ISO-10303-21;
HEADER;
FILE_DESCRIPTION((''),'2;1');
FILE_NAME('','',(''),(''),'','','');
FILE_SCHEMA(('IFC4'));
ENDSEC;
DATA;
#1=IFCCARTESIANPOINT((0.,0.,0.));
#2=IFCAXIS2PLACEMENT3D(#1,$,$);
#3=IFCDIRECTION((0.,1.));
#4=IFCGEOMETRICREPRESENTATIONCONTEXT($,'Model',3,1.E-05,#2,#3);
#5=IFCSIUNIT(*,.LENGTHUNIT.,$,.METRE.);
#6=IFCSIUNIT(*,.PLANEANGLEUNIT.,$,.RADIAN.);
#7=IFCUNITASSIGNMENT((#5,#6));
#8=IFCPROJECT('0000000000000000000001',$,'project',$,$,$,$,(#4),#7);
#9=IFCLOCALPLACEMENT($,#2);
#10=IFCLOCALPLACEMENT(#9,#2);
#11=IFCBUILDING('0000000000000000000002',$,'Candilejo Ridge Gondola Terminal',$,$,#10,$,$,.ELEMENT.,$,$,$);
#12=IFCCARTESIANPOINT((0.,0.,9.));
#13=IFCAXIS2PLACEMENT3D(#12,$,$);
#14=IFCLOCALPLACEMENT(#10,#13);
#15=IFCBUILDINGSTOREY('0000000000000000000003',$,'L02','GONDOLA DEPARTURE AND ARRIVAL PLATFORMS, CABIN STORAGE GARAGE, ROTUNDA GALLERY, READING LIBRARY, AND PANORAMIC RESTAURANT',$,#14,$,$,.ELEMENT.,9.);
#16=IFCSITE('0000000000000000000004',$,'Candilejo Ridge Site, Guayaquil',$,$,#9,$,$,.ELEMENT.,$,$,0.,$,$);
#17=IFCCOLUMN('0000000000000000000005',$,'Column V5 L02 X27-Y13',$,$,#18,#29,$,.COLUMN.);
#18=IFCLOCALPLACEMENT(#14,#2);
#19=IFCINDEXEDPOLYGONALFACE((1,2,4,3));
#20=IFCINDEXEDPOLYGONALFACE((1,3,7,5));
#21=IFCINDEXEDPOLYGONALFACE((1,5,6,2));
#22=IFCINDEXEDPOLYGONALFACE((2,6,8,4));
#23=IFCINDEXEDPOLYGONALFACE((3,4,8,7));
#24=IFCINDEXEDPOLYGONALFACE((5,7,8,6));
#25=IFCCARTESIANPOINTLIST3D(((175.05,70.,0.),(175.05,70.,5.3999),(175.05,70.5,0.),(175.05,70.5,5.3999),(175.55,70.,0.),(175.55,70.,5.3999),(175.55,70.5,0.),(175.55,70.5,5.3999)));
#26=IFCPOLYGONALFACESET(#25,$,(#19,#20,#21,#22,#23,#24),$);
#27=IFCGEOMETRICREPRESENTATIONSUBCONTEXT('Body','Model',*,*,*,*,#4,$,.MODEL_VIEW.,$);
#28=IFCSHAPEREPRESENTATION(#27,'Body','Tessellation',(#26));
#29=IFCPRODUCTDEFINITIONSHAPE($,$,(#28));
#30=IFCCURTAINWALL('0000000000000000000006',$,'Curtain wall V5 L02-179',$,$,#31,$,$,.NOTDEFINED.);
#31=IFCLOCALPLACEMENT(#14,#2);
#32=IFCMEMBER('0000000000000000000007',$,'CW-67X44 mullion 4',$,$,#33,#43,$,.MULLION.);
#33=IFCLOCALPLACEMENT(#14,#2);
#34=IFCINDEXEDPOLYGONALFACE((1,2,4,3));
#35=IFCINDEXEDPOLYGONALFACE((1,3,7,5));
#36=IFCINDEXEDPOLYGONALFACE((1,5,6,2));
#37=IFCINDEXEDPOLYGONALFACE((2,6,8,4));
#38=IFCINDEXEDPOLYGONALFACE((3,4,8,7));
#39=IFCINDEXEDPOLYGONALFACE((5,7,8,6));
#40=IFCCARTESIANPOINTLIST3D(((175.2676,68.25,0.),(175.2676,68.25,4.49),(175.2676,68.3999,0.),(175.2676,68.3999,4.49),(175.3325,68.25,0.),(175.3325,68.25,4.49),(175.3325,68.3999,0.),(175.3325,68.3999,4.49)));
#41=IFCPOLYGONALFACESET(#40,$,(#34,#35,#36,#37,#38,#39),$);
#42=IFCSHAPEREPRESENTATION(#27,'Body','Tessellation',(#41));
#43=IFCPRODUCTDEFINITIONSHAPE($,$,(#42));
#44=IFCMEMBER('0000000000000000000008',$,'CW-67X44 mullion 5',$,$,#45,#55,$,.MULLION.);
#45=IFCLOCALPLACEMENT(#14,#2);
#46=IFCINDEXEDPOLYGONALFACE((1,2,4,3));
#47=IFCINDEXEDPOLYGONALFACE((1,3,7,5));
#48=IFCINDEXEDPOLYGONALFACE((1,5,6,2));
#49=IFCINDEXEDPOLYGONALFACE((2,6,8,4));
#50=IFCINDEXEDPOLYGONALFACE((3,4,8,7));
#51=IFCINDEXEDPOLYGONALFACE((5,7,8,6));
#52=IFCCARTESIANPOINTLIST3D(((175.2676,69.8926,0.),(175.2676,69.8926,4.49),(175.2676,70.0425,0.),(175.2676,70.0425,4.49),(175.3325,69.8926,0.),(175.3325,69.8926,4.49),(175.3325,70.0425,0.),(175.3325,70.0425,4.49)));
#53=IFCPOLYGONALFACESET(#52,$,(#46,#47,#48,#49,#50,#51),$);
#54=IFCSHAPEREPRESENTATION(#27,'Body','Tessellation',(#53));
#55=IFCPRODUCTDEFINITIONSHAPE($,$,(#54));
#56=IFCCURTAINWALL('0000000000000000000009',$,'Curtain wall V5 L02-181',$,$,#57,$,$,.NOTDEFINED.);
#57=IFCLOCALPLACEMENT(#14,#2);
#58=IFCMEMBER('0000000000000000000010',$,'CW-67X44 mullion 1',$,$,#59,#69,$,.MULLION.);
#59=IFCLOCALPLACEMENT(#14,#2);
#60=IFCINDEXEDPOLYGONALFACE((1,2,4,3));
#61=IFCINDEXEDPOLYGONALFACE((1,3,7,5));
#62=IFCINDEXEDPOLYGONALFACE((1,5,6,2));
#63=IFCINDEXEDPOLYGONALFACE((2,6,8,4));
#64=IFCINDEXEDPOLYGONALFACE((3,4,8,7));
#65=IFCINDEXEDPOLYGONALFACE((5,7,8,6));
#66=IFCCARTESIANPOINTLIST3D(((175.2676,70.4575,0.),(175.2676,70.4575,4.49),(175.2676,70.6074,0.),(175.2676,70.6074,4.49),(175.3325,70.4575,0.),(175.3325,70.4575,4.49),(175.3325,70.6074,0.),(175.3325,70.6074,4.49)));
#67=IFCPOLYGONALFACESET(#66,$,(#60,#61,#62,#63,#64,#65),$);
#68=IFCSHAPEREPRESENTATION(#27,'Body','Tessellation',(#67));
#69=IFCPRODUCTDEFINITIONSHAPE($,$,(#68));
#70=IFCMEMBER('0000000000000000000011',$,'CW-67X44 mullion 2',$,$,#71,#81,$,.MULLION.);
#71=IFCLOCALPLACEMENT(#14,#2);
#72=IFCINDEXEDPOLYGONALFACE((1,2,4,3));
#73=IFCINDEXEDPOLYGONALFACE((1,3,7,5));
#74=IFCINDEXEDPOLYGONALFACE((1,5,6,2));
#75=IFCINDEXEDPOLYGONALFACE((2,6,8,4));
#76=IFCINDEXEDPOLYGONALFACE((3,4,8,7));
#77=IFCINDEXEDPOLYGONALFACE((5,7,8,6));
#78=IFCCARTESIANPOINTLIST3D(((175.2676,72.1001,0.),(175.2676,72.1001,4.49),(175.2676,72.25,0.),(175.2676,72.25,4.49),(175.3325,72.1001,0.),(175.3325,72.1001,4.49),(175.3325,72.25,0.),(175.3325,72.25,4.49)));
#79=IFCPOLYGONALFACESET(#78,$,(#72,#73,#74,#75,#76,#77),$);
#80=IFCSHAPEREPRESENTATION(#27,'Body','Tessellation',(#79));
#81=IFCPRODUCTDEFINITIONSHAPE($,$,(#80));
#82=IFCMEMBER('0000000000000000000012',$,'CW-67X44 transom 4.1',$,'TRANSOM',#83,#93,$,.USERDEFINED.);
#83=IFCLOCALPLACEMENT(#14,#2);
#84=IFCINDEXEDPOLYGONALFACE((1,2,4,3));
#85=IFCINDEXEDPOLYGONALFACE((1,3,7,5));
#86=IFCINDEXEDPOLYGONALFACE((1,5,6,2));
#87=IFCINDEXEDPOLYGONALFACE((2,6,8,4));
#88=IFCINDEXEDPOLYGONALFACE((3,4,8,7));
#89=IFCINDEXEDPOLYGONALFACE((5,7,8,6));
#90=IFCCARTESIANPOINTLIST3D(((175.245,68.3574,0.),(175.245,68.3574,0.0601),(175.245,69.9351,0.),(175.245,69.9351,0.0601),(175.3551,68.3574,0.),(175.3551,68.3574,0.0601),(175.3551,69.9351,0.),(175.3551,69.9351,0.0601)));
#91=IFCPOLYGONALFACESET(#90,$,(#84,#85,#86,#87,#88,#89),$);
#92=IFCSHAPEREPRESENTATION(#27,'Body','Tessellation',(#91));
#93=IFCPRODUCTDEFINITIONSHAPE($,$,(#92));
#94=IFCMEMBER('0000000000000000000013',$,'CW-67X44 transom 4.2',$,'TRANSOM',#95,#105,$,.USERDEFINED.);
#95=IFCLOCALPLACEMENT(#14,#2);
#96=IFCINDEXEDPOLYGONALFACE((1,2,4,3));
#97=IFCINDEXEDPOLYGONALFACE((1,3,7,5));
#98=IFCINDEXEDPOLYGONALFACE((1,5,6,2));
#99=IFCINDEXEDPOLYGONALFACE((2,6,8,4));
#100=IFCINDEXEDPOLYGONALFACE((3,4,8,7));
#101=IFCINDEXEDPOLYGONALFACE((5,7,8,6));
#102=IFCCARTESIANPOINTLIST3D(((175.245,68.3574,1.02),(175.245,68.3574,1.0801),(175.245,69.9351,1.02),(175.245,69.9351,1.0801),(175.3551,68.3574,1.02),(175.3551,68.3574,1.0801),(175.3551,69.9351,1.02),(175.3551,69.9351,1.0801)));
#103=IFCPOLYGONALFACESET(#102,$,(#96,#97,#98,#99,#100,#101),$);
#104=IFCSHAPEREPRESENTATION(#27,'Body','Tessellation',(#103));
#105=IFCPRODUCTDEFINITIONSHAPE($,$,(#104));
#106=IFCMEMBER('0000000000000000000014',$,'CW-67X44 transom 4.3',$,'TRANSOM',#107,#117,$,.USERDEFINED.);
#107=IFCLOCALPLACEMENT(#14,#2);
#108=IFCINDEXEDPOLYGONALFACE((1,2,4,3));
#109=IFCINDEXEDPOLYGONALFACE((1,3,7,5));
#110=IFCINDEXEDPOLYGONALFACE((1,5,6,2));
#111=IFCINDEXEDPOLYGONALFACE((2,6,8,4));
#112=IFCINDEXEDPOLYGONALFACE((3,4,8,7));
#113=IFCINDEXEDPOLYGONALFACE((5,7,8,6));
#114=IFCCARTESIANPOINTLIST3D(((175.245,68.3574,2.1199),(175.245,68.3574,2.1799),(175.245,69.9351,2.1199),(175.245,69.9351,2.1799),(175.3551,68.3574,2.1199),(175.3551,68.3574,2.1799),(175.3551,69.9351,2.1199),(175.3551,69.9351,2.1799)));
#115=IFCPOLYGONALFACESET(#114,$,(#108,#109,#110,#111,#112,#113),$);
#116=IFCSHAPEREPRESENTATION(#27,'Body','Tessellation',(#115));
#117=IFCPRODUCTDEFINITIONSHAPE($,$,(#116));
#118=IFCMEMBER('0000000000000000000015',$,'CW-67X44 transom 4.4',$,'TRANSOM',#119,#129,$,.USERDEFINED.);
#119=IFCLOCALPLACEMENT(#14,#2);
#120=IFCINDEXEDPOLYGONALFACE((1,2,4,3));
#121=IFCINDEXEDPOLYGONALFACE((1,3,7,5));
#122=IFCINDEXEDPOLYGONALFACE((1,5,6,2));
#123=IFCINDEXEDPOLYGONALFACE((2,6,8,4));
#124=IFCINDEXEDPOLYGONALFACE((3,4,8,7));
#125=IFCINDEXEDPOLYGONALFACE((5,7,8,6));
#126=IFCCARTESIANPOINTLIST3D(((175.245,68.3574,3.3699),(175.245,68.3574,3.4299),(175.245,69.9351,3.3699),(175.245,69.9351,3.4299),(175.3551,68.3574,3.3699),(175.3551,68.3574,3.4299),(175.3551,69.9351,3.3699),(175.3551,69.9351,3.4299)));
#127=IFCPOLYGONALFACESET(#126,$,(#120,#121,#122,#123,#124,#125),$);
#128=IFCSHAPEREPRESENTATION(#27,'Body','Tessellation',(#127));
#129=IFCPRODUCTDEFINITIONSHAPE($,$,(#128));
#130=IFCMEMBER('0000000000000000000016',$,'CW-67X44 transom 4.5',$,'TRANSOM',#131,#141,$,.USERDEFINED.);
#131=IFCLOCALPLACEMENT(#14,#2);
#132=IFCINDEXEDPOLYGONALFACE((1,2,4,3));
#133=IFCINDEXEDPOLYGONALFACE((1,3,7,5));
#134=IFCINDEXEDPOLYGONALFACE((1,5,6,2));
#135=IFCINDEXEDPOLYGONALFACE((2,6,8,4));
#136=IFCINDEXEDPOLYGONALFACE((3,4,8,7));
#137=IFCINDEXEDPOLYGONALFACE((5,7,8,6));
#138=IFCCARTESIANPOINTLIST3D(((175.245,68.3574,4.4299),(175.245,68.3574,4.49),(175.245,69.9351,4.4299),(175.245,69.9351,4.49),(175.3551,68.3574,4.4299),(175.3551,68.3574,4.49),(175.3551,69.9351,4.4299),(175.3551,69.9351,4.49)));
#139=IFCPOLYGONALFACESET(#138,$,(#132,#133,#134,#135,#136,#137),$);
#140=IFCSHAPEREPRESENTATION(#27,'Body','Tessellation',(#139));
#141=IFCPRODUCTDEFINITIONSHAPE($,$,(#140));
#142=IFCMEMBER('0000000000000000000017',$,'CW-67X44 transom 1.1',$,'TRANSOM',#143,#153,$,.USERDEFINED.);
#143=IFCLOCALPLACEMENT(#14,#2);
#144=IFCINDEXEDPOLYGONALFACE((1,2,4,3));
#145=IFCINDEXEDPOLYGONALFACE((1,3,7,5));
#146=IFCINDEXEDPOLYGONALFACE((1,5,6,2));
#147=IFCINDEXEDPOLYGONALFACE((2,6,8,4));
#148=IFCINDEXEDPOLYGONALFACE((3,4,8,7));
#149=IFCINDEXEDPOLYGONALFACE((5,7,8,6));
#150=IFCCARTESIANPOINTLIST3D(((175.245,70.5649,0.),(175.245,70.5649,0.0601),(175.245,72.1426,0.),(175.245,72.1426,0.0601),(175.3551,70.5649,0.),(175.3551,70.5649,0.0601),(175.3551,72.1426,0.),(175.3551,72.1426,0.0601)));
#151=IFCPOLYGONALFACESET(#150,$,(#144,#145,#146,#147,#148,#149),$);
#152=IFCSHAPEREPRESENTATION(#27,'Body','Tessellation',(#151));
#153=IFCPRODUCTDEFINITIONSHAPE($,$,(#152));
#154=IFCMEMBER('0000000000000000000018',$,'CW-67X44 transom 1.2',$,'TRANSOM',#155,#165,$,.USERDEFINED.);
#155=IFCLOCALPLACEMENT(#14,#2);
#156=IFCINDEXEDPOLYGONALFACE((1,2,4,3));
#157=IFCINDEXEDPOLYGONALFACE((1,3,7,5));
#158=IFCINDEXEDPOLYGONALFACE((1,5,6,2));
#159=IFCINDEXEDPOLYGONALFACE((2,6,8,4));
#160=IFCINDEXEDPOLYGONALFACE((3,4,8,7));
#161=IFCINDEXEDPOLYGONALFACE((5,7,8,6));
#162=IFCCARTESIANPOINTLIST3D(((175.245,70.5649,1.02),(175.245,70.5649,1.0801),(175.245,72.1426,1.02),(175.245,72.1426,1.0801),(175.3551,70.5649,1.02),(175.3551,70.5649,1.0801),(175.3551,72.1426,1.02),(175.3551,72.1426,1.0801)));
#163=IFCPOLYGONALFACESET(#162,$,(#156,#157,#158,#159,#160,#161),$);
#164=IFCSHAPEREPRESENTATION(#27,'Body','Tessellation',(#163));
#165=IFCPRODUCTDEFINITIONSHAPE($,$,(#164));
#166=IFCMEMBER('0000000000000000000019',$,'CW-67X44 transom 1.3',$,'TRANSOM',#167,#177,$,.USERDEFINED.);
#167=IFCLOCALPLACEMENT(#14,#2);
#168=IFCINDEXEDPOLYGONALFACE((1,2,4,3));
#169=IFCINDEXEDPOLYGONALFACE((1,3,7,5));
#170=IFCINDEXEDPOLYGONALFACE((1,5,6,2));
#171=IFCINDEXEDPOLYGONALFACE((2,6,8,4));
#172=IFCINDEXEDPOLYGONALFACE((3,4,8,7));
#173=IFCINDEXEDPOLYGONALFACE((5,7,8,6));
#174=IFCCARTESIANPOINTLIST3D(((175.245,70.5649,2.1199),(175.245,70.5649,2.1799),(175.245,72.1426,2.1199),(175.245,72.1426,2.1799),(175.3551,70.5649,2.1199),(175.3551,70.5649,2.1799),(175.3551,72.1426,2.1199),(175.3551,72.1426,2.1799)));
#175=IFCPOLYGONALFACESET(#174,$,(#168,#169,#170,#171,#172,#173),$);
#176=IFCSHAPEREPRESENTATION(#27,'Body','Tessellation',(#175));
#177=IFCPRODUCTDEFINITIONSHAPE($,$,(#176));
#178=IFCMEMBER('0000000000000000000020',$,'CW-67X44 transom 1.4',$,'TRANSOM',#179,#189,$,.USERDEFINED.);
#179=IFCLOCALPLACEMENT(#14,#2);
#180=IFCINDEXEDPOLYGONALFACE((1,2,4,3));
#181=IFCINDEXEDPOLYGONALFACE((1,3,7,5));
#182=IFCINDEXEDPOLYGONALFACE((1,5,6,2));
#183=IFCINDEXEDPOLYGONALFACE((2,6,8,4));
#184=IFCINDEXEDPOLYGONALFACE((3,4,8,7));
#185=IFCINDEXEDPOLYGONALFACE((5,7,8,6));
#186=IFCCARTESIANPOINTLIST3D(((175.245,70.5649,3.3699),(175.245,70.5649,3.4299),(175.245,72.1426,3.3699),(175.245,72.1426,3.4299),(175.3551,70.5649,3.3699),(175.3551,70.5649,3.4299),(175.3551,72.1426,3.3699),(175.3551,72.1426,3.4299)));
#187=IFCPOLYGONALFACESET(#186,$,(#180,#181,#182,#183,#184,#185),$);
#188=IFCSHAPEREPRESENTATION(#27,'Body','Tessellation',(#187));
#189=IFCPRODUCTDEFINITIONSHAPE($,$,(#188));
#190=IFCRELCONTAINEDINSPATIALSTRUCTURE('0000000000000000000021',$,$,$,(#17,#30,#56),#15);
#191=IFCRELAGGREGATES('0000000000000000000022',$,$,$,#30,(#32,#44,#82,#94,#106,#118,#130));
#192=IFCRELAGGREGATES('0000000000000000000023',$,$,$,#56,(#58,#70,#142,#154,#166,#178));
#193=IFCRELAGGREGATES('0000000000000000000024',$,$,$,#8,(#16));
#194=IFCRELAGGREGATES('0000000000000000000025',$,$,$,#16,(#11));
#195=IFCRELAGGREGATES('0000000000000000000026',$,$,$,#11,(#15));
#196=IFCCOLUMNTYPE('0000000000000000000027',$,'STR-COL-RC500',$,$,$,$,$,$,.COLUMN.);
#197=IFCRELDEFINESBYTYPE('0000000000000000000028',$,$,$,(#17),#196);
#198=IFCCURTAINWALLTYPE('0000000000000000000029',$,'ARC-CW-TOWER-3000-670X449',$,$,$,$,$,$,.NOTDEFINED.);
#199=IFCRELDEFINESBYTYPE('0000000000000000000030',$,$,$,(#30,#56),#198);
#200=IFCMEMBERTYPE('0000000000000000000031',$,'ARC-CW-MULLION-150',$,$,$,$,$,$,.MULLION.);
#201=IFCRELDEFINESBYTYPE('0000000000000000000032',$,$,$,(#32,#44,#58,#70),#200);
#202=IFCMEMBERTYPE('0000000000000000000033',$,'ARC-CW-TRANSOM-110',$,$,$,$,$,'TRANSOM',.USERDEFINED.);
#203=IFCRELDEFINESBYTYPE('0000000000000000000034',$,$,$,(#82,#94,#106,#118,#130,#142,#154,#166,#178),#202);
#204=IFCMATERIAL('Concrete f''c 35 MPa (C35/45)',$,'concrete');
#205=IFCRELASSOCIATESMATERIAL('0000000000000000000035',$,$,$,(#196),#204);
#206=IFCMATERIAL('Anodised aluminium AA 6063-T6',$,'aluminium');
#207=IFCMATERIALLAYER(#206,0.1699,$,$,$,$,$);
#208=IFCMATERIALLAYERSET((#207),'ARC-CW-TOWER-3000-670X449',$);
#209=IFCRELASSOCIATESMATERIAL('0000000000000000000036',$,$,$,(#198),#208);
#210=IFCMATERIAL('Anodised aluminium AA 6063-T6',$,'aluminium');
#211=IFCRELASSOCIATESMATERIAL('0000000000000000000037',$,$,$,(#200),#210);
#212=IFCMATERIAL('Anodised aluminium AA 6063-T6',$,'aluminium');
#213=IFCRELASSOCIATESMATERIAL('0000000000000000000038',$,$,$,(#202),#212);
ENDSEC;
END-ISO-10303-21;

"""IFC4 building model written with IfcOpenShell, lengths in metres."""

from ifc_helpers import new_model, si_unit, direction, frame, origin, origin_2d, place, context, subcontext, project, spatial, rectangle, extrude, material, layer, layer_set, material_profile, profile_set, type_object, element, aggregate, save


model = new_model("IFC4")

# Units and contexts
model_context = context("Model", 3, precision=1e-05, world=origin(), true_north=direction((0.0, 1.0)))
body_context = subcontext(model_context, "Body", "Model", "MODEL_VIEW")
ifc_project = project(units=[si_unit("LENGTHUNIT", "METRE"), si_unit("PLANEANGLEUNIT", "RADIAN")], contexts=[model_context])

# Site, building, storey
site_placement = place(None, origin())
site = spatial("IfcSite", under=ifc_project, at=site_placement, Name="Candilejo Ridge Site, Guayaquil", CompositionType="ELEMENT", RefElevation=0.0)
building_placement = place(site_placement, origin())
building = spatial("IfcBuilding", under=site, at=building_placement, Name="Candilejo Ridge Gondola Terminal", CompositionType="ELEMENT")
storey_placement = place(building_placement, frame((0.0, 0.0, 9.0)))
storey = spatial("IfcBuildingStorey", under=building, at=storey_placement, Name="L02", Description="GONDOLA DEPARTURE AND ARRIVAL PLATFORMS, CABIN STORAGE GARAGE, ROTUNDA GALLERY, READING LIBRARY, AND PANORAMIC RESTAURANT", CompositionType="ELEMENT", Elevation=9.0)

# Column
ifc_material_1 = material(Name="Concrete f'c 35 MPa (C35/45)", Category="concrete")
ifc_material_profile_1 = material_profile(ifc_material_1, rectangle(XDim=0.5, YDim=0.5, at=origin_2d()))
ifc_profile_set_1 = profile_set([ifc_material_profile_1], Name="Concrete f'c 35 MPa (C35/45)")
column_type = type_object("IfcColumnType", Name="STR-COL-RC500", PredefinedType="COLUMN", material=ifc_profile_set_1)
column_placement = place(storey_placement, frame((175.3, 70.25, 0.0), z_axis=(0.0, 0.0, 1.0), x_axis=(1.0, 0.0, 0.0)))
element("IfcColumn", 1, at=column_placement, inside=storey, type_object=column_type, Name="Column V5 L02 X27-Y13", PredefinedType="COLUMN", context=body_context, shape_type="SweptSolid", body=[
    extrude(rectangle(XDim=0.5, YDim=0.5, at=origin_2d()), origin(), (0.0, 0.0, 1.0), 5.3999),
])

# Curtain walls, members
ifc_material_2 = material(Name="Anodised aluminium AA 6063-T6", Category="aluminium")
ifc_layer_1 = layer(ifc_material_2, 0.1699)
ifc_layer_set_1 = layer_set([ifc_layer_1], Name="ARC-CW-TOWER-3000-670X449")
curtain_wall_type = type_object("IfcCurtainWallType", Name="ARC-CW-TOWER-3000-670X449", PredefinedType="NOTDEFINED", material=ifc_layer_set_1)
curtain_wall_1_placement = place(storey_placement, origin())
curtain_wall_1 = element("IfcCurtainWall", 2, at=curtain_wall_1_placement, inside=storey, type_object=curtain_wall_type, Name="Curtain wall V5 L02-179", PredefinedType="NOTDEFINED")
ifc_material_3 = material(Name="Anodised aluminium AA 6063-T6", Category="aluminium")
ifc_material_profile_2 = material_profile(ifc_material_3, rectangle(XDim=0.0649, YDim=0.1499, at=origin_2d()))
ifc_profile_set_2 = profile_set([ifc_material_profile_2], Name="Anodised aluminium AA 6063-T6")
member_type_1 = type_object("IfcMemberType", Name="ARC-CW-MULLION-150", PredefinedType="MULLION", material=ifc_profile_set_2)
member_1_placement = place(storey_placement, frame((175.3, 68.325, 0.0), z_axis=(0.0, 0.0, 1.0), x_axis=(-1.0, 0.0, 0.0)))
member_1 = element("IfcMember", 3, at=member_1_placement, type_object=member_type_1, Name="CW-67X44 mullion 4", PredefinedType="MULLION", context=body_context, shape_type="SweptSolid", body=[
    extrude(rectangle(XDim=0.0649, YDim=0.1499, at=origin_2d()), origin(), (0.0, 0.0, 1.0), 4.49),
])
member_2_placement = place(storey_placement, frame((175.3, 69.9675, 0.0), z_axis=(0.0, 0.0, 1.0), x_axis=(-1.0, 0.0, 0.0)))
member_2 = element("IfcMember", 4, at=member_2_placement, type_object=member_type_1, Name="CW-67X44 mullion 5", PredefinedType="MULLION", context=body_context, shape_type="SweptSolid", body=[
    extrude(rectangle(XDim=0.0649, YDim=0.1499, at=origin_2d()), origin(), (0.0, 0.0, 1.0), 4.49),
])
curtain_wall_2_placement = place(storey_placement, origin())
curtain_wall_2 = element("IfcCurtainWall", 5, at=curtain_wall_2_placement, inside=storey, type_object=curtain_wall_type, Name="Curtain wall V5 L02-181", PredefinedType="NOTDEFINED")
member_3_placement = place(storey_placement, frame((175.3, 70.5325, 0.0), z_axis=(0.0, 0.0, 1.0), x_axis=(-1.0, 0.0, 0.0)))
member_3 = element("IfcMember", 6, at=member_3_placement, type_object=member_type_1, Name="CW-67X44 mullion 1", PredefinedType="MULLION", context=body_context, shape_type="SweptSolid", body=[
    extrude(rectangle(XDim=0.0649, YDim=0.1499, at=origin_2d()), origin(), (0.0, 0.0, 1.0), 4.49),
])
member_4_placement = place(storey_placement, frame((175.3, 72.175, 0.0), z_axis=(0.0, 0.0, 1.0), x_axis=(-1.0, 0.0, 0.0)))
member_4 = element("IfcMember", 7, at=member_4_placement, type_object=member_type_1, Name="CW-67X44 mullion 2", PredefinedType="MULLION", context=body_context, shape_type="SweptSolid", body=[
    extrude(rectangle(XDim=0.0649, YDim=0.1499, at=origin_2d()), origin(), (0.0, 0.0, 1.0), 4.49),
])

# Members
ifc_material_4 = material(Name="Anodised aluminium AA 6063-T6", Category="aluminium")
ifc_material_profile_3 = material_profile(ifc_material_4, rectangle(XDim=0.1101, YDim=0.0601, at=origin_2d()))
ifc_profile_set_3 = profile_set([ifc_material_profile_3], Name="Anodised aluminium AA 6063-T6")
member_type_2 = type_object("IfcMemberType", Name="ARC-CW-TRANSOM-110", ElementType="TRANSOM", PredefinedType="USERDEFINED", material=ifc_profile_set_3)
member_5_placement = place(storey_placement, frame((175.3, 68.3574, 0.03), z_axis=(0.0, 1.0, 0.0), x_axis=(-1.0, 0.0, 0.0)))
member_5 = element("IfcMember", 8, at=member_5_placement, type_object=member_type_2, Name="CW-67X44 transom 4.1", ObjectType="TRANSOM", PredefinedType="USERDEFINED", context=body_context, shape_type="SweptSolid", body=[
    extrude(rectangle(XDim=0.1101, YDim=0.0601, at=origin_2d()), origin(), (0.0, 0.0, 1.0), 1.5776),
])
member_6_placement = place(storey_placement, frame((175.3, 68.3574, 1.05), z_axis=(0.0, 1.0, 0.0), x_axis=(-1.0, 0.0, 0.0)))
member_6 = element("IfcMember", 9, at=member_6_placement, type_object=member_type_2, Name="CW-67X44 transom 4.2", ObjectType="TRANSOM", PredefinedType="USERDEFINED", context=body_context, shape_type="SweptSolid", body=[
    extrude(rectangle(XDim=0.1101, YDim=0.0601, at=origin_2d()), origin(), (0.0, 0.0, 1.0), 1.5776),
])
member_7_placement = place(storey_placement, frame((175.3, 68.3574, 2.1499), z_axis=(0.0, 1.0, 0.0), x_axis=(-1.0, 0.0, 0.0)))
member_7 = element("IfcMember", 10, at=member_7_placement, type_object=member_type_2, Name="CW-67X44 transom 4.3", ObjectType="TRANSOM", PredefinedType="USERDEFINED", context=body_context, shape_type="SweptSolid", body=[
    extrude(rectangle(XDim=0.1101, YDim=0.0601, at=origin_2d()), origin(), (0.0, 0.0, 1.0), 1.5776),
])
member_8_placement = place(storey_placement, frame((175.3, 68.3574, 3.3999), z_axis=(0.0, 1.0, 0.0), x_axis=(-1.0, 0.0, 0.0)))
member_8 = element("IfcMember", 11, at=member_8_placement, type_object=member_type_2, Name="CW-67X44 transom 4.4", ObjectType="TRANSOM", PredefinedType="USERDEFINED", context=body_context, shape_type="SweptSolid", body=[
    extrude(rectangle(XDim=0.1101, YDim=0.0601, at=origin_2d()), origin(), (0.0, 0.0, 1.0), 1.5776),
])
member_9_placement = place(storey_placement, frame((175.3, 68.3574, 4.46), z_axis=(0.0, 1.0, 0.0), x_axis=(-1.0, 0.0, 0.0)))
member_9 = element("IfcMember", 12, at=member_9_placement, type_object=member_type_2, Name="CW-67X44 transom 4.5", ObjectType="TRANSOM", PredefinedType="USERDEFINED", context=body_context, shape_type="SweptSolid", body=[
    extrude(rectangle(XDim=0.1101, YDim=0.0601, at=origin_2d()), origin(), (0.0, 0.0, 1.0), 1.5776),
])
member_10_placement = place(storey_placement, frame((175.3, 70.5649, 0.03), z_axis=(0.0, 1.0, 0.0), x_axis=(-1.0, 0.0, 0.0)))
member_10 = element("IfcMember", 13, at=member_10_placement, type_object=member_type_2, Name="CW-67X44 transom 1.1", ObjectType="TRANSOM", PredefinedType="USERDEFINED", context=body_context, shape_type="SweptSolid", body=[
    extrude(rectangle(XDim=0.1101, YDim=0.0601, at=origin_2d()), origin(), (0.0, 0.0, 1.0), 1.5776),
])
member_11_placement = place(storey_placement, frame((175.3, 70.5649, 1.05), z_axis=(0.0, 1.0, 0.0), x_axis=(-1.0, 0.0, 0.0)))
member_11 = element("IfcMember", 14, at=member_11_placement, type_object=member_type_2, Name="CW-67X44 transom 1.2", ObjectType="TRANSOM", PredefinedType="USERDEFINED", context=body_context, shape_type="SweptSolid", body=[
    extrude(rectangle(XDim=0.1101, YDim=0.0601, at=origin_2d()), origin(), (0.0, 0.0, 1.0), 1.5776),
])
member_12_placement = place(storey_placement, frame((175.3, 70.5649, 2.1499), z_axis=(0.0, 1.0, 0.0), x_axis=(-1.0, 0.0, 0.0)))
member_12 = element("IfcMember", 15, at=member_12_placement, type_object=member_type_2, Name="CW-67X44 transom 1.3", ObjectType="TRANSOM", PredefinedType="USERDEFINED", context=body_context, shape_type="SweptSolid", body=[
    extrude(rectangle(XDim=0.1101, YDim=0.0601, at=origin_2d()), origin(), (0.0, 0.0, 1.0), 1.5776),
])
member_13_placement = place(storey_placement, frame((175.3, 70.5649, 3.3999), z_axis=(0.0, 1.0, 0.0), x_axis=(-1.0, 0.0, 0.0)))
member_13 = element("IfcMember", 16, at=member_13_placement, type_object=member_type_2, Name="CW-67X44 transom 1.4", ObjectType="TRANSOM", PredefinedType="USERDEFINED", context=body_context, shape_type="SweptSolid", body=[
    extrude(rectangle(XDim=0.1101, YDim=0.0601, at=origin_2d()), origin(), (0.0, 0.0, 1.0), 1.5776),
])

aggregate(curtain_wall_1, [member_1, member_2, member_5, member_6, member_7, member_8, member_9])
aggregate(curtain_wall_2, [member_3, member_4, member_10, member_11, member_12, member_13])

save(model, "model.ifc")
